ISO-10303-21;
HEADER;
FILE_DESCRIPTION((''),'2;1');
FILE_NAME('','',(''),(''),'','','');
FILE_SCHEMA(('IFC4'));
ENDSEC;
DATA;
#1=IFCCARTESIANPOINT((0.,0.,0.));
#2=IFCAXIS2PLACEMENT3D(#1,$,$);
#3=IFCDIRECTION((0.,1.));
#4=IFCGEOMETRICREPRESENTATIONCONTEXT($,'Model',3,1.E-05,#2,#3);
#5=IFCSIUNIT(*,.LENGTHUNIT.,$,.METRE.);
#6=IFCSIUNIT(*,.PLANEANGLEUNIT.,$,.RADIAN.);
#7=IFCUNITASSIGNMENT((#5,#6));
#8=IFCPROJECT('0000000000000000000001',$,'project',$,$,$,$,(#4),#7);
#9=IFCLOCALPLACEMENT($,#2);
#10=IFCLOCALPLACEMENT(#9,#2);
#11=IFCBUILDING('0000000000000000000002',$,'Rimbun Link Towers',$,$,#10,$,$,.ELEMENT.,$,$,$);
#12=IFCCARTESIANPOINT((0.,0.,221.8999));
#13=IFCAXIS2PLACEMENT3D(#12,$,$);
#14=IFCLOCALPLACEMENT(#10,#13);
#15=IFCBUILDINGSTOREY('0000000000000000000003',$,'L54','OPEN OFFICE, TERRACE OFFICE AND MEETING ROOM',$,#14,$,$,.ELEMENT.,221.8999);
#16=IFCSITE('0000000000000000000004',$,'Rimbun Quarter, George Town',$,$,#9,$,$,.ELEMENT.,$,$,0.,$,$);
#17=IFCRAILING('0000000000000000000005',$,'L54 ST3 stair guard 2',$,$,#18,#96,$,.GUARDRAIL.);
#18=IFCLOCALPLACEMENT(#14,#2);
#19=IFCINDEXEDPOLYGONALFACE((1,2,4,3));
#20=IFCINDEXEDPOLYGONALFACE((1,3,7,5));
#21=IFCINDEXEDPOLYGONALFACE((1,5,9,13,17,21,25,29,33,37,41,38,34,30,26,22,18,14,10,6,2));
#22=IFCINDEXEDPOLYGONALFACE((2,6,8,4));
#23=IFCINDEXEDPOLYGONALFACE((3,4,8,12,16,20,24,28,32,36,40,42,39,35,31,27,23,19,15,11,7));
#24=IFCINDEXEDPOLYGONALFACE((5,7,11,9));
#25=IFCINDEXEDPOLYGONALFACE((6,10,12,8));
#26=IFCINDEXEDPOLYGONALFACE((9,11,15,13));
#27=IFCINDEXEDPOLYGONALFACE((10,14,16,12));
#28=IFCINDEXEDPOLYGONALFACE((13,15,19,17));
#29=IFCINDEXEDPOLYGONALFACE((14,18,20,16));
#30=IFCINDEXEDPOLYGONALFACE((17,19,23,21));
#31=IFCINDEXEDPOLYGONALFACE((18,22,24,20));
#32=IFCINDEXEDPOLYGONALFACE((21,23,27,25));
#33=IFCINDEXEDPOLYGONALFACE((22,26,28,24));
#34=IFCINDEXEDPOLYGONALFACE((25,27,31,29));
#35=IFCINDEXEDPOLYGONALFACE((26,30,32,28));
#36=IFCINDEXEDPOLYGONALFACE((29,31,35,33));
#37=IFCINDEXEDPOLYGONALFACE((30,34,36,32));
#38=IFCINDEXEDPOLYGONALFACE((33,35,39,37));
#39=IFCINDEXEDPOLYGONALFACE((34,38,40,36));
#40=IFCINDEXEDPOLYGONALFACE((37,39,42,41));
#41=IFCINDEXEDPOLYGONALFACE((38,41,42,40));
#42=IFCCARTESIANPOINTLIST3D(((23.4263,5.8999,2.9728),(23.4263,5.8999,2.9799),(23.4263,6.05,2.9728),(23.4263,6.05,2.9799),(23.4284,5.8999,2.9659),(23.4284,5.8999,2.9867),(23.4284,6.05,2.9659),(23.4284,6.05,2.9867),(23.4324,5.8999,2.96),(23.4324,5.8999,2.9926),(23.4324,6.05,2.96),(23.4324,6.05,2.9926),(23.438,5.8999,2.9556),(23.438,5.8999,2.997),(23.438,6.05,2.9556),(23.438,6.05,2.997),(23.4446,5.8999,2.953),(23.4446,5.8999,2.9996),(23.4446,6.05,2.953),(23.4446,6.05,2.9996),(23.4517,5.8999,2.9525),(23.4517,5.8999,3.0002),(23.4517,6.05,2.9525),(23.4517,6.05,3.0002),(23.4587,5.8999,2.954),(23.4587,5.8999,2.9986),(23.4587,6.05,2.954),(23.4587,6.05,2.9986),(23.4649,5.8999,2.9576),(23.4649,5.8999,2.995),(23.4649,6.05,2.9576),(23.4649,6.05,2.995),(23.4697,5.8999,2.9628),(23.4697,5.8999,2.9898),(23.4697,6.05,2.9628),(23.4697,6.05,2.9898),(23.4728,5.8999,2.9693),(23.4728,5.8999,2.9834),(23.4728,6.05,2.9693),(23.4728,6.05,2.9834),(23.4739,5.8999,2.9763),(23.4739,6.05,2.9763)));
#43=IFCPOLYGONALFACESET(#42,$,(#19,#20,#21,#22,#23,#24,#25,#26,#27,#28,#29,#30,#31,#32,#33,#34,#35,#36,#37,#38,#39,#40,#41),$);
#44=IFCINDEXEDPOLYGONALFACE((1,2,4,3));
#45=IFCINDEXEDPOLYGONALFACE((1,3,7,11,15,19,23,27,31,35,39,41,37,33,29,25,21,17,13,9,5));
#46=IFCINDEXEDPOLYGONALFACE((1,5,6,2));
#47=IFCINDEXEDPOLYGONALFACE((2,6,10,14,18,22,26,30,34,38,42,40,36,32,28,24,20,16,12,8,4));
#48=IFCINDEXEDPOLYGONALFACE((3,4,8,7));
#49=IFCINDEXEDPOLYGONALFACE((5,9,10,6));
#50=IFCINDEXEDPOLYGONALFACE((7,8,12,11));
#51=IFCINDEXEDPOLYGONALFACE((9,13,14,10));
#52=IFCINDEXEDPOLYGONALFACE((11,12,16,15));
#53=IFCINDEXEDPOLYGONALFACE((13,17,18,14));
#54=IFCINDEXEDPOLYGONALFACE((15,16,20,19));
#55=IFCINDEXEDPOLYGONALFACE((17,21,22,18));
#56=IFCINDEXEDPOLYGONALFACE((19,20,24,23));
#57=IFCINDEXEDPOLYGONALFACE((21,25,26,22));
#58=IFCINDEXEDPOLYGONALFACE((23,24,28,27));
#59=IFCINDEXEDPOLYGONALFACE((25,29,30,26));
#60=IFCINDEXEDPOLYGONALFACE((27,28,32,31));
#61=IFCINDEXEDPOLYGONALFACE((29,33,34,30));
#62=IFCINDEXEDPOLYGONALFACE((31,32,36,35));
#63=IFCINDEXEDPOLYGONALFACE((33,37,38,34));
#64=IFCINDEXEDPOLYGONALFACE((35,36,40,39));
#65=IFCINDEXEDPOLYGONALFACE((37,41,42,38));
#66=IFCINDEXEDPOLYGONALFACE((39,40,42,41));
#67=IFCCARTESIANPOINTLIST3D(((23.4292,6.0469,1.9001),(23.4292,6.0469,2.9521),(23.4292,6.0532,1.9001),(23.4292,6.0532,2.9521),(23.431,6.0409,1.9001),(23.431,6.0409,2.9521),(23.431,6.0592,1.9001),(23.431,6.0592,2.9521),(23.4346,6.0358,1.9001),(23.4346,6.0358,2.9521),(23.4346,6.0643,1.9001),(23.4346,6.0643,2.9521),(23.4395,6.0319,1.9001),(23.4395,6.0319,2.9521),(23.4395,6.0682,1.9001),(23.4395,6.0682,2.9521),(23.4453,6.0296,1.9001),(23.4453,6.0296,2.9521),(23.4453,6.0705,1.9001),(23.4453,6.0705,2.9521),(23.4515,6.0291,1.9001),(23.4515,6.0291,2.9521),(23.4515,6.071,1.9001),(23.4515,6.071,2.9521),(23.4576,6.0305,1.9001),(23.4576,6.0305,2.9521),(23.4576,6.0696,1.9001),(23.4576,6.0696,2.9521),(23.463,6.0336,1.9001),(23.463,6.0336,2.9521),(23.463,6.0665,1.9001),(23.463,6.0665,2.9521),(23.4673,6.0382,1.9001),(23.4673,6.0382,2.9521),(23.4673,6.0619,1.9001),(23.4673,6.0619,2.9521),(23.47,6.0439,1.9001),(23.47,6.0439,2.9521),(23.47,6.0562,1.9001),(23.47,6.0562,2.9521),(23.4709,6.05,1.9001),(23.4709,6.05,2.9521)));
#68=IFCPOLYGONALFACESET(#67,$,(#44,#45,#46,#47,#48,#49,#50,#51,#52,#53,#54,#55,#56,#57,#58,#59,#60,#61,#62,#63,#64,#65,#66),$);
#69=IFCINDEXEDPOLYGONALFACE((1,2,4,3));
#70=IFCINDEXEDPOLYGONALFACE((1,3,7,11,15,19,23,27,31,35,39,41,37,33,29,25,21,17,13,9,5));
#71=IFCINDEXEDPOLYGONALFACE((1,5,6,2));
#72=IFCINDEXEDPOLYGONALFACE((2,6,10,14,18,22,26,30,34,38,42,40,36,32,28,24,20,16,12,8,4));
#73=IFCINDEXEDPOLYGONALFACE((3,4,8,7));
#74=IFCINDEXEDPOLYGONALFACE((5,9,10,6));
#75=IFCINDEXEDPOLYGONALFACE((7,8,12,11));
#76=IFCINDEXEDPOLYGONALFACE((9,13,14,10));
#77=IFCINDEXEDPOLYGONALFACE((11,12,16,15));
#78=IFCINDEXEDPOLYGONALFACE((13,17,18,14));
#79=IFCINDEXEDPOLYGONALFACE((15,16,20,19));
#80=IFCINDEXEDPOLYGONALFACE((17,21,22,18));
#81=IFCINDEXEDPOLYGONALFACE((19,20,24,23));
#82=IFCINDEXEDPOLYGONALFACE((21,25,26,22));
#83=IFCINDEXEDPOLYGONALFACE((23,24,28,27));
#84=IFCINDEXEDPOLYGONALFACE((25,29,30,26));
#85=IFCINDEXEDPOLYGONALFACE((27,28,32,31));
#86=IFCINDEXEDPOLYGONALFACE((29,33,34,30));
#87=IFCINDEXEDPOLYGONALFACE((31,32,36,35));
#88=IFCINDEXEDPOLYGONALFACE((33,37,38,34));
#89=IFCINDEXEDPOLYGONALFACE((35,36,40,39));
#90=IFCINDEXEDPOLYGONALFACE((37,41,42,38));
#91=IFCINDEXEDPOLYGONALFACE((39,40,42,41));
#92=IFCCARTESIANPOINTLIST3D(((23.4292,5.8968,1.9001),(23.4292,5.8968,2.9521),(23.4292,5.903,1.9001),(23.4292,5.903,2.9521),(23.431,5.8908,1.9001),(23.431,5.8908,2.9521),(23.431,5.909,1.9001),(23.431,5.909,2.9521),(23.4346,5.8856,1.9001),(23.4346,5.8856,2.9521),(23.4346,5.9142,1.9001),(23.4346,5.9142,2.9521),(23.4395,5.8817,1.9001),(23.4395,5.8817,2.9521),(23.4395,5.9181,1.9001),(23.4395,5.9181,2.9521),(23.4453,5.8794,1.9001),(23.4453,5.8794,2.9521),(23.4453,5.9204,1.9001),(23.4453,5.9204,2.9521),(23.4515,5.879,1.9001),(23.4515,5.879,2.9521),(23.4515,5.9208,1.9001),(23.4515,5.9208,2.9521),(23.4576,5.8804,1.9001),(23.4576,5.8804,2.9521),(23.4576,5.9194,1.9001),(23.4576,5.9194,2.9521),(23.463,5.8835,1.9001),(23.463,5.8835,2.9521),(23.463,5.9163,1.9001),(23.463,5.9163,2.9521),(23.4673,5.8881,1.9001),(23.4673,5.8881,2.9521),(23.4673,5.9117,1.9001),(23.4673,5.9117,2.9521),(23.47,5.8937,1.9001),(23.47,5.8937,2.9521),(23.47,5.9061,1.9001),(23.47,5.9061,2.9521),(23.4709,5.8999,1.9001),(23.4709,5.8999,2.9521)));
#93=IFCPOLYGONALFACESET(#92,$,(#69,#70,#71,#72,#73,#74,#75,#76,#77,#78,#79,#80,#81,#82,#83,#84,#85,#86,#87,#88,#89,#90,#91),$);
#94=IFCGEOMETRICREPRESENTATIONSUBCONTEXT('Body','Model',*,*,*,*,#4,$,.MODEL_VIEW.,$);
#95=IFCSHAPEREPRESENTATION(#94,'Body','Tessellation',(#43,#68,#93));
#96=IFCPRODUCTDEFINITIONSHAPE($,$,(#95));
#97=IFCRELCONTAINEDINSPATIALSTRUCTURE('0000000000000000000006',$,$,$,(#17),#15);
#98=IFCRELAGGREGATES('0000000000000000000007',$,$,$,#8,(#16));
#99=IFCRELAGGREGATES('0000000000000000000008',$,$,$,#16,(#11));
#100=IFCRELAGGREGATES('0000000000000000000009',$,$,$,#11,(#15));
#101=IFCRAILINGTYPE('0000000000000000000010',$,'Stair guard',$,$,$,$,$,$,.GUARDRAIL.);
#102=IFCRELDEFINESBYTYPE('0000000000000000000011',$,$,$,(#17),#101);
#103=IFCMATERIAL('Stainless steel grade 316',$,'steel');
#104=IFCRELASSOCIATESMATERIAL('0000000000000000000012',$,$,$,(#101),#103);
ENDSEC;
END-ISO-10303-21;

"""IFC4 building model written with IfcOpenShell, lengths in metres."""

from ifc_helpers import new_model, si_unit, direction, frame, origin, origin_2d, place, context, subcontext, project, spatial, circle, extrude, material, type_object, element, save


model = new_model("IFC4")

# Units and contexts
model_context = context("Model", 3, precision=1e-05, world=origin(), true_north=direction((0.0, 1.0)))
body_context = subcontext(model_context, "Body", "Model", "MODEL_VIEW")
ifc_project = project(units=[si_unit("LENGTHUNIT", "METRE"), si_unit("PLANEANGLEUNIT", "RADIAN")], contexts=[model_context])

# Site, building, storey
site_placement = place(None, origin())
site = spatial("IfcSite", under=ifc_project, at=site_placement, Name="Rimbun Quarter, George Town", CompositionType="ELEMENT", RefElevation=0.0)
building_placement = place(site_placement, origin())
building = spatial("IfcBuilding", under=site, at=building_placement, Name="Rimbun Link Towers", CompositionType="ELEMENT")
storey_placement = place(building_placement, frame((0.0, 0.0, 221.8999)))
storey = spatial("IfcBuildingStorey", under=building, at=storey_placement, Name="L54", Description="OPEN OFFICE, TERRACE OFFICE AND MEETING ROOM", CompositionType="ELEMENT", Elevation=221.8999)

# Railing
ifc_material_1 = material(Name="Stainless steel grade 316", Category="steel")
railing_type_1 = type_object("IfcRailingType", Name="Stair guard", PredefinedType="GUARDRAIL", material=ifc_material_1)
railing_1_placement = place(storey_placement, frame((23.45, 6.05, 1.9001)))
element("IfcRailing", 1, at=railing_1_placement, inside=storey, type_object=railing_type_1, Name="L54 ST3 stair guard 2", PredefinedType="GUARDRAIL", context=body_context, shape_type="SweptSolid", body=[
    extrude(circle(Radius=0.0239, at=origin_2d()), frame((0.0, 0.0, 1.0762), z_axis=(0.0, -1.0, 0.0), x_axis=(1.0, 0.0, 0.0)), (0.0, 0.0, 1.0), 0.1501),
    extrude(circle(Radius=0.021, at=origin_2d()), origin(), (0.0, 0.0, 1.0), 1.052),
    extrude(circle(Radius=0.021, at=origin_2d()), frame((0.0, -0.1501, 0.0)), (0.0, 0.0, 1.0), 1.052),
])

save(model, "model.ifc")
